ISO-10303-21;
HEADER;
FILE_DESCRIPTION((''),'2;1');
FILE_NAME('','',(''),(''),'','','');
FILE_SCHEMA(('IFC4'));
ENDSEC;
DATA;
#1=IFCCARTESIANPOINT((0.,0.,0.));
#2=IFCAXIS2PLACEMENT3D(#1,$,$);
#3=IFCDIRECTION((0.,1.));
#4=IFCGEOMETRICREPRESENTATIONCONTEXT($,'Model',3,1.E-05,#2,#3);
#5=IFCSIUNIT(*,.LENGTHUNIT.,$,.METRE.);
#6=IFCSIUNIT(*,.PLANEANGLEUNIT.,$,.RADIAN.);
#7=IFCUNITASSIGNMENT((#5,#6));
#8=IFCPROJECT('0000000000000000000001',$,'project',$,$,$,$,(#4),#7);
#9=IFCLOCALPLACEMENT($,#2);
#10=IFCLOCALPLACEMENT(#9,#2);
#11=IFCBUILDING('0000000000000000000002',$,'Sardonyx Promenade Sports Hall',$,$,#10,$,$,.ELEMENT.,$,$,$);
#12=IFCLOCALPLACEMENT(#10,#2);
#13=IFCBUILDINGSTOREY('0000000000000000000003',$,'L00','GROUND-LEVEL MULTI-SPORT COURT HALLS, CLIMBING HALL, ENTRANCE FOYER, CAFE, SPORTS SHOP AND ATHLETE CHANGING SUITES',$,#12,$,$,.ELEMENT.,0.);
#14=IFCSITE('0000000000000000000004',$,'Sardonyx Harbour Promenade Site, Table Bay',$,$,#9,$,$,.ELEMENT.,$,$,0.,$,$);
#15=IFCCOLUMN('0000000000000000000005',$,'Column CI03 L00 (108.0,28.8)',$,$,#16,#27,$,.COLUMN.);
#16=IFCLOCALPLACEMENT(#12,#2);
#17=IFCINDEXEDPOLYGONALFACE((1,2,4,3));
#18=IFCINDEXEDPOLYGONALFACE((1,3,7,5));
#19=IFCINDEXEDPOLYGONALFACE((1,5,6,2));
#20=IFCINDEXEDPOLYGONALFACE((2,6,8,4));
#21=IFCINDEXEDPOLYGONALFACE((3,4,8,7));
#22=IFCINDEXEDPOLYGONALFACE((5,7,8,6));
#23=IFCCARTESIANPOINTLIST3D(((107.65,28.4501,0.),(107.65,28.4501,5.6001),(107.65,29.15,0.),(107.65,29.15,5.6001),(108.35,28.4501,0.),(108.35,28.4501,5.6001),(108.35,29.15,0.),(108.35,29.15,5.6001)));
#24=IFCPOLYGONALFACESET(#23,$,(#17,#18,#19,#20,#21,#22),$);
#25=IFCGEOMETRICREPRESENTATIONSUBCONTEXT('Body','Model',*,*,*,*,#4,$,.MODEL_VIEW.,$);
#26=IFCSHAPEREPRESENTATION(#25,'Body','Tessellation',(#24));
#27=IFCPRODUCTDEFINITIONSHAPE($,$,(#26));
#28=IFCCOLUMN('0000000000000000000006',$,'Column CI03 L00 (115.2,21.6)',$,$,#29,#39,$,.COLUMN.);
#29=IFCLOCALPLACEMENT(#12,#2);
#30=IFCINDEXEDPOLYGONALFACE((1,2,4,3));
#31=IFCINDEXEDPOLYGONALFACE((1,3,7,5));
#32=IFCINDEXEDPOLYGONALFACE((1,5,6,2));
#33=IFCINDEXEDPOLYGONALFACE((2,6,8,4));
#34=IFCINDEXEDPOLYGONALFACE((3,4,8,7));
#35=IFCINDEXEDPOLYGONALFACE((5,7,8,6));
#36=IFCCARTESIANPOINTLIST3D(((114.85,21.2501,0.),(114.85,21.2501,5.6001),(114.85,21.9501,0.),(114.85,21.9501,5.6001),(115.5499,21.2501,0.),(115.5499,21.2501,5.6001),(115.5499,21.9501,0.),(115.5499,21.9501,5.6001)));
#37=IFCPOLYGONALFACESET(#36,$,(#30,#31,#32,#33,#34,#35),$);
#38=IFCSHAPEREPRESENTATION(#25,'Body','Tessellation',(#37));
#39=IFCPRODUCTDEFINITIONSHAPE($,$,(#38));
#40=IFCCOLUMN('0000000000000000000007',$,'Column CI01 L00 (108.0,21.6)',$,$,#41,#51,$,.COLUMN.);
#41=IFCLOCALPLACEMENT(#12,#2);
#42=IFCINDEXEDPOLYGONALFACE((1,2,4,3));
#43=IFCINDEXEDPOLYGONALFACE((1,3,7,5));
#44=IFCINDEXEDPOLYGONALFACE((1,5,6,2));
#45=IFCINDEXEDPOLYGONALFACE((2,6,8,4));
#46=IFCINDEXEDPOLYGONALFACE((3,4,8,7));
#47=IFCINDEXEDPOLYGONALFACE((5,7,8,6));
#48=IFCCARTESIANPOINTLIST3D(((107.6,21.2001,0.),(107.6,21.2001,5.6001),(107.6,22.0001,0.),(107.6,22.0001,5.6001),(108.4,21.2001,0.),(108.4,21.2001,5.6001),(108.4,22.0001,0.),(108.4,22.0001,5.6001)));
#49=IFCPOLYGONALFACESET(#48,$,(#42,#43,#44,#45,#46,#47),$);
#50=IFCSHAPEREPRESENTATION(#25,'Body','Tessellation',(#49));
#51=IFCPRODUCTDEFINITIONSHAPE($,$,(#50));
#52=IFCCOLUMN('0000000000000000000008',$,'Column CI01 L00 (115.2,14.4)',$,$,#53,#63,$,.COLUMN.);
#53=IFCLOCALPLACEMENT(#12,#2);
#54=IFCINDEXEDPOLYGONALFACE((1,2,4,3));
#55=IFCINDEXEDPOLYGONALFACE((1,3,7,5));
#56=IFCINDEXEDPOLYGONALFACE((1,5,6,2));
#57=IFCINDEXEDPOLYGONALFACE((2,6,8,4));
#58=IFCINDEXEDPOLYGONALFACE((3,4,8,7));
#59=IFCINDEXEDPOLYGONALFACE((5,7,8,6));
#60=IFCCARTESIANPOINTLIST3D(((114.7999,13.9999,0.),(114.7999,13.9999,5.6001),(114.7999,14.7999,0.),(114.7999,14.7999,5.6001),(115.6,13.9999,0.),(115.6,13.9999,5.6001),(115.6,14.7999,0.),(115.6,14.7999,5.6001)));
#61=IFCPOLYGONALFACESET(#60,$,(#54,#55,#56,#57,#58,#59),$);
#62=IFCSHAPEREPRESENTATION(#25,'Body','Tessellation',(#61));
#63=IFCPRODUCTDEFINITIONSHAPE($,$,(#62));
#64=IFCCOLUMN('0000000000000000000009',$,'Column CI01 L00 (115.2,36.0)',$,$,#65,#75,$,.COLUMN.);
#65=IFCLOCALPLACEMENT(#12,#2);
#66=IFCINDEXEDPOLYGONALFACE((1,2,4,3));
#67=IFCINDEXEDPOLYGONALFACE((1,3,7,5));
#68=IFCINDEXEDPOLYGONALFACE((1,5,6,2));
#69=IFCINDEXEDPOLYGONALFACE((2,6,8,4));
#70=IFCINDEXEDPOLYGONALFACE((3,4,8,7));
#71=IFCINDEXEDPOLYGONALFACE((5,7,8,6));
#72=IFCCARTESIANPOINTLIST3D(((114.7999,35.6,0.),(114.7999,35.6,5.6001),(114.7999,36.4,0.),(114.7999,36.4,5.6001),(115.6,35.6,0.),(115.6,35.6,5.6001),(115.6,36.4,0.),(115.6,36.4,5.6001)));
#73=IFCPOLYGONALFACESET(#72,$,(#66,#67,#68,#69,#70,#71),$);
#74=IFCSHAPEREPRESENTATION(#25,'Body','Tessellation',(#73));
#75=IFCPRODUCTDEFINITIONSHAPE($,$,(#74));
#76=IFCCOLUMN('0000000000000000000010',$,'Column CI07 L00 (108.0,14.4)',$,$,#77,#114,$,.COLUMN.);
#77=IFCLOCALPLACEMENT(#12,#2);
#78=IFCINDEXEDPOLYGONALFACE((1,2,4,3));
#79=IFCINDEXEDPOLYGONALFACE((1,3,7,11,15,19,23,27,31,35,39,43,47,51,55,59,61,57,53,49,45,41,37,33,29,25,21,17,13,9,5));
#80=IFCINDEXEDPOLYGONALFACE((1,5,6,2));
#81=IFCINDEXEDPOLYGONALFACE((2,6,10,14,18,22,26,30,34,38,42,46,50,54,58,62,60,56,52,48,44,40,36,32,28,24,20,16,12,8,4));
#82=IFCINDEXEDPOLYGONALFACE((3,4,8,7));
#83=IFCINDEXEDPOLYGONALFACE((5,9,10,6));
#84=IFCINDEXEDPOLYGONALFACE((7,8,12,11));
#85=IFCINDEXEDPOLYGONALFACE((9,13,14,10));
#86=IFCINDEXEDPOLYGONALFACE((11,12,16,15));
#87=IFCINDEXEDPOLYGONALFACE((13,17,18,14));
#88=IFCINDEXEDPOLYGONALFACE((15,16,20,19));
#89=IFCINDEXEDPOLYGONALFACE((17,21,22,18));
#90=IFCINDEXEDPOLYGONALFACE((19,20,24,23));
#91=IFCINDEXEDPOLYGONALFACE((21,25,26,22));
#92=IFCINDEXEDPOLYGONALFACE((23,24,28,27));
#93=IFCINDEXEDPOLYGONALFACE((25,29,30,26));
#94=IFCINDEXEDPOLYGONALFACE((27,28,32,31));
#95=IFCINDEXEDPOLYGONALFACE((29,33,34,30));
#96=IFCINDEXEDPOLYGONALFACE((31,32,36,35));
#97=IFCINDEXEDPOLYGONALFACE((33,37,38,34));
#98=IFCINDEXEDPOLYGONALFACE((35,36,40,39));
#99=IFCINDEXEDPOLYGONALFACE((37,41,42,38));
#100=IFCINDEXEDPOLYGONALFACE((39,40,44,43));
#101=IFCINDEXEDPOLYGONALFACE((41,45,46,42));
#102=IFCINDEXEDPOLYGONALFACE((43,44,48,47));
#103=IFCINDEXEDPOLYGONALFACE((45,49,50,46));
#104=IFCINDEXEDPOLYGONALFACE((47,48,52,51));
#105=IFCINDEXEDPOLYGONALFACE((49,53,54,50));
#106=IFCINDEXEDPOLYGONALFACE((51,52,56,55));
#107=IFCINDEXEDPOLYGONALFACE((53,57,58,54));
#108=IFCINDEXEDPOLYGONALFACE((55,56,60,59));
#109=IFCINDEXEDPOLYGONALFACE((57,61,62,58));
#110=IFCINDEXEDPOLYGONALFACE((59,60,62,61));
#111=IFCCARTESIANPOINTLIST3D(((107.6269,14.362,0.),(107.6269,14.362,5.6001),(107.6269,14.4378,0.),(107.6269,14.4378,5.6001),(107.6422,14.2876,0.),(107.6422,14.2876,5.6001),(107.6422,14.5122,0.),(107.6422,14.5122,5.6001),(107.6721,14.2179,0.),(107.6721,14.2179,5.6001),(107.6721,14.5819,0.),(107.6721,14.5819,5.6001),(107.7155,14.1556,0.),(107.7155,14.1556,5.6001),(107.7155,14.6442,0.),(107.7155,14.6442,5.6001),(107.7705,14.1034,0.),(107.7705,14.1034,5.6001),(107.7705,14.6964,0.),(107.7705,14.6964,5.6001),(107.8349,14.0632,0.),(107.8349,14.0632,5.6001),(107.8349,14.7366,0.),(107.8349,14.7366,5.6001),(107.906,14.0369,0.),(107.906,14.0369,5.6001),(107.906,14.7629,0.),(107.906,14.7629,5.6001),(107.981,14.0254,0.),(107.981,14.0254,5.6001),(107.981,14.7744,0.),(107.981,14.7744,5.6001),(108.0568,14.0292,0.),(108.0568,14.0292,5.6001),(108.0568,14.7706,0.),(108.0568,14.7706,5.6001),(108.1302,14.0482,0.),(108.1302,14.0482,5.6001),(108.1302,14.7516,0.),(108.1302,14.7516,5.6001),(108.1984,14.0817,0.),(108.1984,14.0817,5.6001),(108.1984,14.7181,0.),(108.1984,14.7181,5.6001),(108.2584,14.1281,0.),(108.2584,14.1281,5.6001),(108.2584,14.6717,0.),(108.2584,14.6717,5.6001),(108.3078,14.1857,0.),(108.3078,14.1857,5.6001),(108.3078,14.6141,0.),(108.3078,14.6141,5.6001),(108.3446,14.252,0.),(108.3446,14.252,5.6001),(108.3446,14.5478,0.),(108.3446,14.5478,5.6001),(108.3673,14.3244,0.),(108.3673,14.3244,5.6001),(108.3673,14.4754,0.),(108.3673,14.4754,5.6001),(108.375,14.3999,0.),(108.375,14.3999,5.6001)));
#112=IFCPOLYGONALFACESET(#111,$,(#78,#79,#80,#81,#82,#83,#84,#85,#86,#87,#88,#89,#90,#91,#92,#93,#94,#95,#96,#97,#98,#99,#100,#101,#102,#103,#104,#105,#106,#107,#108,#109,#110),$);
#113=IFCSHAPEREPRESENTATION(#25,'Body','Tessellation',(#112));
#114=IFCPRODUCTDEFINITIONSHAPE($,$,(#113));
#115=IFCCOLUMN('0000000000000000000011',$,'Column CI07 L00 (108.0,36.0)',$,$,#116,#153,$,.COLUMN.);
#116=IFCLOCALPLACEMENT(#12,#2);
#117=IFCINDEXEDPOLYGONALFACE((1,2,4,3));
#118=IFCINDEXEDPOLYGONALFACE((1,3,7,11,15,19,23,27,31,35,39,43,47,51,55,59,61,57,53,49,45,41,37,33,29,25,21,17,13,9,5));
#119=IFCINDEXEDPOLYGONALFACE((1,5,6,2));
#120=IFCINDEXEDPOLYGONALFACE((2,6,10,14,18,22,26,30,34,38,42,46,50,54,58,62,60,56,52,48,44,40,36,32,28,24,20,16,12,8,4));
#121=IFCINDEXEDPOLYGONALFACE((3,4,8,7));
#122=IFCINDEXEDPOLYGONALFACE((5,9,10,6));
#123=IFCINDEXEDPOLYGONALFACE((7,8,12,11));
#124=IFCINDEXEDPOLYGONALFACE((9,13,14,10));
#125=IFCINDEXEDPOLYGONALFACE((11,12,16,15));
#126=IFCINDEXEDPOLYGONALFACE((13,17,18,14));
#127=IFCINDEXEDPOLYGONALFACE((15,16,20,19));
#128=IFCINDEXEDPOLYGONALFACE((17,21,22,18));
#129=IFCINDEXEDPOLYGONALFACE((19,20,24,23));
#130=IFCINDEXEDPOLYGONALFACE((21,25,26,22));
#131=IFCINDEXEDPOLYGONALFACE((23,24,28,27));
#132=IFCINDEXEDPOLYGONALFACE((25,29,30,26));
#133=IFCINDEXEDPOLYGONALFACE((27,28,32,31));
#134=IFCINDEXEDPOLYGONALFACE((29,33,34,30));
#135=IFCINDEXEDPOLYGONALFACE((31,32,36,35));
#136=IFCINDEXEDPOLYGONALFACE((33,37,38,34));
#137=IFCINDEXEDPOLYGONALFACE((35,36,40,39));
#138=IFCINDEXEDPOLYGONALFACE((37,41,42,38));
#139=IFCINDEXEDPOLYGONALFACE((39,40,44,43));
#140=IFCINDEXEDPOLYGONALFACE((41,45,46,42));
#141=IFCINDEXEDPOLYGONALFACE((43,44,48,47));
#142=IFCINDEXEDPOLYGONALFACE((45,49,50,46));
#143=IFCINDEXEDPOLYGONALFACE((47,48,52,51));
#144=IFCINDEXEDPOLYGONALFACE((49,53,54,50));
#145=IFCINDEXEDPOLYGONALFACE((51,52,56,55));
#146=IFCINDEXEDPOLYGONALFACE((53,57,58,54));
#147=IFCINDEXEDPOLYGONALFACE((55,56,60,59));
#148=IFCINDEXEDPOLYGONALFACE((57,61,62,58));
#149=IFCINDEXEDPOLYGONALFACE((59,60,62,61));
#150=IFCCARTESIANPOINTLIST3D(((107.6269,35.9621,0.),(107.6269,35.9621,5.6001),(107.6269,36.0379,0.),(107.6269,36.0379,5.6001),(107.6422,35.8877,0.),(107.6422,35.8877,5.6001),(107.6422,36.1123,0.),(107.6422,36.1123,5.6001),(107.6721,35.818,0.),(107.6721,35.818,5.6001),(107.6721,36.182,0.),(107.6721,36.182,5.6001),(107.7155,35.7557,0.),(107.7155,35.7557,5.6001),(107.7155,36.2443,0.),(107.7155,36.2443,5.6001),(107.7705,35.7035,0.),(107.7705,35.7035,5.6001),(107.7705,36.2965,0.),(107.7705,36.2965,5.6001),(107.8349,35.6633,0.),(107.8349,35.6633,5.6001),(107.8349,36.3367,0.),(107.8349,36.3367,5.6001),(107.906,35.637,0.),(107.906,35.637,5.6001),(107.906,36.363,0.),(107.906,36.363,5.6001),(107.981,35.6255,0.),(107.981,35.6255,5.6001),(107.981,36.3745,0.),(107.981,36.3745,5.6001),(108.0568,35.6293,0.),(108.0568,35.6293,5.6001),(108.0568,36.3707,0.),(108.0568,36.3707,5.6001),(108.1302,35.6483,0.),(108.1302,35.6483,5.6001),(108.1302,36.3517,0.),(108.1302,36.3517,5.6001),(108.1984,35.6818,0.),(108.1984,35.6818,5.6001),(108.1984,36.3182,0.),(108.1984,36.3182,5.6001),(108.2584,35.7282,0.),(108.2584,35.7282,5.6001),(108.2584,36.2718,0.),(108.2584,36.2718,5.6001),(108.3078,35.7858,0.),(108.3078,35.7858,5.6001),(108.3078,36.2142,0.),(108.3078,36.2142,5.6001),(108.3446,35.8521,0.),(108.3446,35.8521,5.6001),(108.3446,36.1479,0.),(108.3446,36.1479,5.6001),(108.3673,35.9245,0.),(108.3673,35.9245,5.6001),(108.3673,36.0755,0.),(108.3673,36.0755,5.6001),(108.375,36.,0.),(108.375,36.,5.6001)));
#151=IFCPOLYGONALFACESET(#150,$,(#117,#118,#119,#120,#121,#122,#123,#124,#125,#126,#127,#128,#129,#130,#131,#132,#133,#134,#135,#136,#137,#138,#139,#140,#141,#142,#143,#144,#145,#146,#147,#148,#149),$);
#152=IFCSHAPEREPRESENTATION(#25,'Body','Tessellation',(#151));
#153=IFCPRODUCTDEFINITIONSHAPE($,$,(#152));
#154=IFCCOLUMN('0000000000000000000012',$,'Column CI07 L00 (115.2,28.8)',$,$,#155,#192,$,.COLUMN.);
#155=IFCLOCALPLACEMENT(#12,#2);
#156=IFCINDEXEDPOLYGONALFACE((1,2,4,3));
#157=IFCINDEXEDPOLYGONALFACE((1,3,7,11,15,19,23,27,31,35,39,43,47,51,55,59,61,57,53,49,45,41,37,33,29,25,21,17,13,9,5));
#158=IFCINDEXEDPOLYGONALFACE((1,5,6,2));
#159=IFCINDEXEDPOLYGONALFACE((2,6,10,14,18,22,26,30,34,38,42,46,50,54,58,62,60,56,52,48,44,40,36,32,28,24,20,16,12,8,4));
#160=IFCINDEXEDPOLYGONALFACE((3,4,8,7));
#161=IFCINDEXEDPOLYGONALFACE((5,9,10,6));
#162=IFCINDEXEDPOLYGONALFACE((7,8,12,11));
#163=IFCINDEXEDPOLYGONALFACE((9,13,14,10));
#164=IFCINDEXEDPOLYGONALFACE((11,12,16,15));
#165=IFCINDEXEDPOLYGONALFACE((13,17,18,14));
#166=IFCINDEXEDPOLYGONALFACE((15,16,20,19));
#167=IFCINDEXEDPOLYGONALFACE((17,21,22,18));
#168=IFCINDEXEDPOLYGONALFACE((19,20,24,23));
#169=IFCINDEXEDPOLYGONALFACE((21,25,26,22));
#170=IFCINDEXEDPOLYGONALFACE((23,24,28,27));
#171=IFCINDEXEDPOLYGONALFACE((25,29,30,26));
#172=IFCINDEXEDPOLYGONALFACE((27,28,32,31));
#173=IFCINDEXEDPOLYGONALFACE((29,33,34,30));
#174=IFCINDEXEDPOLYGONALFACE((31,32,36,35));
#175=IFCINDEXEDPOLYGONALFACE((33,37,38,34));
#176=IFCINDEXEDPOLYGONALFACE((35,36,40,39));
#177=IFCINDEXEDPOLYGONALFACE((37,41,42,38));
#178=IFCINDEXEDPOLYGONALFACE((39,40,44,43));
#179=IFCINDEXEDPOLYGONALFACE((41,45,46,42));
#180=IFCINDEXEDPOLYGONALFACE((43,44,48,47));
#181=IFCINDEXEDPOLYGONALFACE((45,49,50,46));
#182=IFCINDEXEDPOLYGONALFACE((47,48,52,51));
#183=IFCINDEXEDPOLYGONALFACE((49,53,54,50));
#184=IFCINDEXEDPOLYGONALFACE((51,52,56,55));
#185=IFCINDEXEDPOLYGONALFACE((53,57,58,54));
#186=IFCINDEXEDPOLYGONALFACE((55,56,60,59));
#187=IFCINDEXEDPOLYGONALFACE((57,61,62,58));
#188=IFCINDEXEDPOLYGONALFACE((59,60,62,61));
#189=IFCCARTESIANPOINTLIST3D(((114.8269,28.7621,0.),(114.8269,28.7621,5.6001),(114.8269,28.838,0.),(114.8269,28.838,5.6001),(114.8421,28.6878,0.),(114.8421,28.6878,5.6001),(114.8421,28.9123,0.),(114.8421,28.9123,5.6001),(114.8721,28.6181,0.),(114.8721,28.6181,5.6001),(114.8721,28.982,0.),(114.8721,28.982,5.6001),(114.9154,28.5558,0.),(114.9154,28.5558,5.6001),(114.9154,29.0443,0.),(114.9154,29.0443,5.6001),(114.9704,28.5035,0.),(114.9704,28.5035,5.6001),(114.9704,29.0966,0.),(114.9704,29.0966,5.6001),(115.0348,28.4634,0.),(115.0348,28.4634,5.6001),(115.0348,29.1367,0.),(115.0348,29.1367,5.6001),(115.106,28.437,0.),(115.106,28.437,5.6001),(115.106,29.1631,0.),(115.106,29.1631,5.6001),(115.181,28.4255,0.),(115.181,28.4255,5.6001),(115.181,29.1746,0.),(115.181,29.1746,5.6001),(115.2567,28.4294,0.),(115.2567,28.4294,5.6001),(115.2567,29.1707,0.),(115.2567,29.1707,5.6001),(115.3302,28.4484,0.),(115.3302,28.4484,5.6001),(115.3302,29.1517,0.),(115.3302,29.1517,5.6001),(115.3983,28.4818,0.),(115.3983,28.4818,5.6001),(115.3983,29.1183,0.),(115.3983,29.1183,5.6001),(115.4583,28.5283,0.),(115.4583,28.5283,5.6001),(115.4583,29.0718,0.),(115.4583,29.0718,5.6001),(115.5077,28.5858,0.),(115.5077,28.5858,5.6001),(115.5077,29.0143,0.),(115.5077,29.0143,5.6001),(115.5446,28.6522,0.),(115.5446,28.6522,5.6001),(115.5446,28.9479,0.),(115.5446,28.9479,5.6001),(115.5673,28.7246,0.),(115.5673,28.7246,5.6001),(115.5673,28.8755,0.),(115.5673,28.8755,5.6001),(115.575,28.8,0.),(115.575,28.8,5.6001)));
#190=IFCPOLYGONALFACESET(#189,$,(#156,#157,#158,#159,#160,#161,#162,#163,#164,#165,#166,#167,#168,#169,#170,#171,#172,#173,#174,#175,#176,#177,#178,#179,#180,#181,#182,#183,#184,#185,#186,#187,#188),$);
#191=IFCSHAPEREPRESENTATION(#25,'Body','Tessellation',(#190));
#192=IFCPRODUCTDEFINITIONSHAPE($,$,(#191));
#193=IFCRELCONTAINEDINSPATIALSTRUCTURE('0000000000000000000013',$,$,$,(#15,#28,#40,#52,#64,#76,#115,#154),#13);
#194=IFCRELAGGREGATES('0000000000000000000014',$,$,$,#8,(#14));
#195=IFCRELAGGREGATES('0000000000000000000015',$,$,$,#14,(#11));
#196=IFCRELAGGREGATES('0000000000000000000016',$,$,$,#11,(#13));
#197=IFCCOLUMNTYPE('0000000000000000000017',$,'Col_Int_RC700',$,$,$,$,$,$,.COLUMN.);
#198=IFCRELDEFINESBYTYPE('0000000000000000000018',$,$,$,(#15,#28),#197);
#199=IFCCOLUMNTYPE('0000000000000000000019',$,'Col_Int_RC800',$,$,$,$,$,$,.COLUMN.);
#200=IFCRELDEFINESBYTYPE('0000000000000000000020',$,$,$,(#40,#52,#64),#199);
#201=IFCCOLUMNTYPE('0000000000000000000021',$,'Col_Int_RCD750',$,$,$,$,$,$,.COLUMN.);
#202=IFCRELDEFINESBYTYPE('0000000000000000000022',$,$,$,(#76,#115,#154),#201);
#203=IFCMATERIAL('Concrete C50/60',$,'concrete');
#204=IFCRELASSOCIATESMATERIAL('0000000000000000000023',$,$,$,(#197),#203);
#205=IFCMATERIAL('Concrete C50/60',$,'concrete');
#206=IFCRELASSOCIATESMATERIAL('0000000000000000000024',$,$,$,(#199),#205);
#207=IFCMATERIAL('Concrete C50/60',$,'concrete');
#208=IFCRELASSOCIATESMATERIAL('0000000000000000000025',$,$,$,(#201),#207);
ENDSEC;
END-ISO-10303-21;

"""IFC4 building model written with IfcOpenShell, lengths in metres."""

from ifc_helpers import new_model, si_unit, direction, frame, origin, origin_2d, place, context, subcontext, project, spatial, rectangle, circle, extrude, material, material_profile, profile_set, type_object, element, save


model = new_model("IFC4")

# Units and contexts
model_context = context("Model", 3, precision=1e-05, world=origin(), true_north=direction((0.0, 1.0)))
body_context = subcontext(model_context, "Body", "Model", "MODEL_VIEW")
ifc_project = project(units=[si_unit("LENGTHUNIT", "METRE"), si_unit("PLANEANGLEUNIT", "RADIAN")], contexts=[model_context])

# Site, building, storey
site_placement = place(None, origin())
site = spatial("IfcSite", under=ifc_project, at=site_placement, Name="Sardonyx Harbour Promenade Site, Table Bay", CompositionType="ELEMENT", RefElevation=0.0)
building_placement = place(site_placement, origin())
building = spatial("IfcBuilding", under=site, at=building_placement, Name="Sardonyx Promenade Sports Hall", CompositionType="ELEMENT")
storey_placement = place(building_placement, origin())
storey = spatial("IfcBuildingStorey", under=building, at=storey_placement, Name="L00", Description="GROUND-LEVEL MULTI-SPORT COURT HALLS, CLIMBING HALL, ENTRANCE FOYER, CAFE, SPORTS SHOP AND ATHLETE CHANGING SUITES", CompositionType="ELEMENT", Elevation=0.0)

# Columns
ifc_material_1 = material(Name="Concrete C50/60", Category="concrete")
ifc_material_profile_1 = material_profile(ifc_material_1, rectangle(XDim=0.7, YDim=0.7, at=origin_2d()))
ifc_profile_set_1 = profile_set([ifc_material_profile_1], Name="Concrete C50/60")
column_type_1 = type_object("IfcColumnType", Name="Col_Int_RC700", PredefinedType="COLUMN", material=ifc_profile_set_1)
for number, where, z_axis, x_axis, name in (
    (1, (108.0, 28.8, 0.0), (0.0, 0.0, 1.0), (1.0, 0.0, 0.0), "Column CI03 L00 (108.0,28.8)"),
    (2, (115.2, 21.6001, 0.0), (0.0, 0.0, 1.0), (1.0, 0.0, 0.0), "Column CI03 L00 (115.2,21.6)"),
):
    element("IfcColumn", number, at=place(storey_placement, frame(where, z_axis=z_axis, x_axis=x_axis)), inside=storey, type_object=column_type_1, Name=name, PredefinedType="COLUMN", context=body_context, shape_type="SweptSolid", body=[
        extrude(rectangle(XDim=0.7, YDim=0.7, at=origin_2d()), origin(), (0.0, 0.0, 1.0), 5.6001),
    ])
ifc_material_2 = material(Name="Concrete C50/60", Category="concrete")
ifc_material_profile_2 = material_profile(ifc_material_2, rectangle(XDim=0.8, YDim=0.8, at=origin_2d()))
ifc_profile_set_2 = profile_set([ifc_material_profile_2], Name="Concrete C50/60")
column_type_2 = type_object("IfcColumnType", Name="Col_Int_RC800", PredefinedType="COLUMN", material=ifc_profile_set_2)
for number, where, z_axis, x_axis, name in (
    (3, (108.0, 21.6001, 0.0), (0.0, 0.0, 1.0), (1.0, 0.0, 0.0), "Column CI01 L00 (108.0,21.6)"),
    (4, (115.2, 14.3999, 0.0), (0.0, 0.0, 1.0), (1.0, 0.0, 0.0), "Column CI01 L00 (115.2,14.4)"),
    (5, (115.2, 36.0, 0.0), (0.0, 0.0, 1.0), (1.0, 0.0, 0.0), "Column CI01 L00 (115.2,36.0)"),
):
    element("IfcColumn", number, at=place(storey_placement, frame(where, z_axis=z_axis, x_axis=x_axis)), inside=storey, type_object=column_type_2, Name=name, PredefinedType="COLUMN", context=body_context, shape_type="SweptSolid", body=[
        extrude(rectangle(XDim=0.8, YDim=0.8, at=origin_2d()), origin(), (0.0, 0.0, 1.0), 5.6001),
    ])
ifc_material_3 = material(Name="Concrete C50/60", Category="concrete")
ifc_material_profile_3 = material_profile(ifc_material_3, circle(Radius=0.375, at=origin_2d()))
ifc_profile_set_3 = profile_set([ifc_material_profile_3], Name="Concrete C50/60")
column_type_3 = type_object("IfcColumnType", Name="Col_Int_RCD750", PredefinedType="COLUMN", material=ifc_profile_set_3)
for number, where, z_axis, x_axis, name in (
    (6, (108.0, 14.3999, 0.0), (0.0, 0.0, 1.0), (1.0, 0.0, 0.0), "Column CI07 L00 (108.0,14.4)"),
    (7, (108.0, 36.0, 0.0), (0.0, 0.0, 1.0), (1.0, 0.0, 0.0), "Column CI07 L00 (108.0,36.0)"),
    (8, (115.2, 28.8, 0.0), (0.0, 0.0, 1.0), (1.0, 0.0, 0.0), "Column CI07 L00 (115.2,28.8)"),
):
    element("IfcColumn", number, at=place(storey_placement, frame(where, z_axis=z_axis, x_axis=x_axis)), inside=storey, type_object=column_type_3, Name=name, PredefinedType="COLUMN", context=body_context, shape_type="SweptSolid", body=[
        extrude(circle(Radius=0.375, at=origin_2d()), origin(), (0.0, 0.0, 1.0), 5.6001),
    ])

save(model, "model.ifc")
